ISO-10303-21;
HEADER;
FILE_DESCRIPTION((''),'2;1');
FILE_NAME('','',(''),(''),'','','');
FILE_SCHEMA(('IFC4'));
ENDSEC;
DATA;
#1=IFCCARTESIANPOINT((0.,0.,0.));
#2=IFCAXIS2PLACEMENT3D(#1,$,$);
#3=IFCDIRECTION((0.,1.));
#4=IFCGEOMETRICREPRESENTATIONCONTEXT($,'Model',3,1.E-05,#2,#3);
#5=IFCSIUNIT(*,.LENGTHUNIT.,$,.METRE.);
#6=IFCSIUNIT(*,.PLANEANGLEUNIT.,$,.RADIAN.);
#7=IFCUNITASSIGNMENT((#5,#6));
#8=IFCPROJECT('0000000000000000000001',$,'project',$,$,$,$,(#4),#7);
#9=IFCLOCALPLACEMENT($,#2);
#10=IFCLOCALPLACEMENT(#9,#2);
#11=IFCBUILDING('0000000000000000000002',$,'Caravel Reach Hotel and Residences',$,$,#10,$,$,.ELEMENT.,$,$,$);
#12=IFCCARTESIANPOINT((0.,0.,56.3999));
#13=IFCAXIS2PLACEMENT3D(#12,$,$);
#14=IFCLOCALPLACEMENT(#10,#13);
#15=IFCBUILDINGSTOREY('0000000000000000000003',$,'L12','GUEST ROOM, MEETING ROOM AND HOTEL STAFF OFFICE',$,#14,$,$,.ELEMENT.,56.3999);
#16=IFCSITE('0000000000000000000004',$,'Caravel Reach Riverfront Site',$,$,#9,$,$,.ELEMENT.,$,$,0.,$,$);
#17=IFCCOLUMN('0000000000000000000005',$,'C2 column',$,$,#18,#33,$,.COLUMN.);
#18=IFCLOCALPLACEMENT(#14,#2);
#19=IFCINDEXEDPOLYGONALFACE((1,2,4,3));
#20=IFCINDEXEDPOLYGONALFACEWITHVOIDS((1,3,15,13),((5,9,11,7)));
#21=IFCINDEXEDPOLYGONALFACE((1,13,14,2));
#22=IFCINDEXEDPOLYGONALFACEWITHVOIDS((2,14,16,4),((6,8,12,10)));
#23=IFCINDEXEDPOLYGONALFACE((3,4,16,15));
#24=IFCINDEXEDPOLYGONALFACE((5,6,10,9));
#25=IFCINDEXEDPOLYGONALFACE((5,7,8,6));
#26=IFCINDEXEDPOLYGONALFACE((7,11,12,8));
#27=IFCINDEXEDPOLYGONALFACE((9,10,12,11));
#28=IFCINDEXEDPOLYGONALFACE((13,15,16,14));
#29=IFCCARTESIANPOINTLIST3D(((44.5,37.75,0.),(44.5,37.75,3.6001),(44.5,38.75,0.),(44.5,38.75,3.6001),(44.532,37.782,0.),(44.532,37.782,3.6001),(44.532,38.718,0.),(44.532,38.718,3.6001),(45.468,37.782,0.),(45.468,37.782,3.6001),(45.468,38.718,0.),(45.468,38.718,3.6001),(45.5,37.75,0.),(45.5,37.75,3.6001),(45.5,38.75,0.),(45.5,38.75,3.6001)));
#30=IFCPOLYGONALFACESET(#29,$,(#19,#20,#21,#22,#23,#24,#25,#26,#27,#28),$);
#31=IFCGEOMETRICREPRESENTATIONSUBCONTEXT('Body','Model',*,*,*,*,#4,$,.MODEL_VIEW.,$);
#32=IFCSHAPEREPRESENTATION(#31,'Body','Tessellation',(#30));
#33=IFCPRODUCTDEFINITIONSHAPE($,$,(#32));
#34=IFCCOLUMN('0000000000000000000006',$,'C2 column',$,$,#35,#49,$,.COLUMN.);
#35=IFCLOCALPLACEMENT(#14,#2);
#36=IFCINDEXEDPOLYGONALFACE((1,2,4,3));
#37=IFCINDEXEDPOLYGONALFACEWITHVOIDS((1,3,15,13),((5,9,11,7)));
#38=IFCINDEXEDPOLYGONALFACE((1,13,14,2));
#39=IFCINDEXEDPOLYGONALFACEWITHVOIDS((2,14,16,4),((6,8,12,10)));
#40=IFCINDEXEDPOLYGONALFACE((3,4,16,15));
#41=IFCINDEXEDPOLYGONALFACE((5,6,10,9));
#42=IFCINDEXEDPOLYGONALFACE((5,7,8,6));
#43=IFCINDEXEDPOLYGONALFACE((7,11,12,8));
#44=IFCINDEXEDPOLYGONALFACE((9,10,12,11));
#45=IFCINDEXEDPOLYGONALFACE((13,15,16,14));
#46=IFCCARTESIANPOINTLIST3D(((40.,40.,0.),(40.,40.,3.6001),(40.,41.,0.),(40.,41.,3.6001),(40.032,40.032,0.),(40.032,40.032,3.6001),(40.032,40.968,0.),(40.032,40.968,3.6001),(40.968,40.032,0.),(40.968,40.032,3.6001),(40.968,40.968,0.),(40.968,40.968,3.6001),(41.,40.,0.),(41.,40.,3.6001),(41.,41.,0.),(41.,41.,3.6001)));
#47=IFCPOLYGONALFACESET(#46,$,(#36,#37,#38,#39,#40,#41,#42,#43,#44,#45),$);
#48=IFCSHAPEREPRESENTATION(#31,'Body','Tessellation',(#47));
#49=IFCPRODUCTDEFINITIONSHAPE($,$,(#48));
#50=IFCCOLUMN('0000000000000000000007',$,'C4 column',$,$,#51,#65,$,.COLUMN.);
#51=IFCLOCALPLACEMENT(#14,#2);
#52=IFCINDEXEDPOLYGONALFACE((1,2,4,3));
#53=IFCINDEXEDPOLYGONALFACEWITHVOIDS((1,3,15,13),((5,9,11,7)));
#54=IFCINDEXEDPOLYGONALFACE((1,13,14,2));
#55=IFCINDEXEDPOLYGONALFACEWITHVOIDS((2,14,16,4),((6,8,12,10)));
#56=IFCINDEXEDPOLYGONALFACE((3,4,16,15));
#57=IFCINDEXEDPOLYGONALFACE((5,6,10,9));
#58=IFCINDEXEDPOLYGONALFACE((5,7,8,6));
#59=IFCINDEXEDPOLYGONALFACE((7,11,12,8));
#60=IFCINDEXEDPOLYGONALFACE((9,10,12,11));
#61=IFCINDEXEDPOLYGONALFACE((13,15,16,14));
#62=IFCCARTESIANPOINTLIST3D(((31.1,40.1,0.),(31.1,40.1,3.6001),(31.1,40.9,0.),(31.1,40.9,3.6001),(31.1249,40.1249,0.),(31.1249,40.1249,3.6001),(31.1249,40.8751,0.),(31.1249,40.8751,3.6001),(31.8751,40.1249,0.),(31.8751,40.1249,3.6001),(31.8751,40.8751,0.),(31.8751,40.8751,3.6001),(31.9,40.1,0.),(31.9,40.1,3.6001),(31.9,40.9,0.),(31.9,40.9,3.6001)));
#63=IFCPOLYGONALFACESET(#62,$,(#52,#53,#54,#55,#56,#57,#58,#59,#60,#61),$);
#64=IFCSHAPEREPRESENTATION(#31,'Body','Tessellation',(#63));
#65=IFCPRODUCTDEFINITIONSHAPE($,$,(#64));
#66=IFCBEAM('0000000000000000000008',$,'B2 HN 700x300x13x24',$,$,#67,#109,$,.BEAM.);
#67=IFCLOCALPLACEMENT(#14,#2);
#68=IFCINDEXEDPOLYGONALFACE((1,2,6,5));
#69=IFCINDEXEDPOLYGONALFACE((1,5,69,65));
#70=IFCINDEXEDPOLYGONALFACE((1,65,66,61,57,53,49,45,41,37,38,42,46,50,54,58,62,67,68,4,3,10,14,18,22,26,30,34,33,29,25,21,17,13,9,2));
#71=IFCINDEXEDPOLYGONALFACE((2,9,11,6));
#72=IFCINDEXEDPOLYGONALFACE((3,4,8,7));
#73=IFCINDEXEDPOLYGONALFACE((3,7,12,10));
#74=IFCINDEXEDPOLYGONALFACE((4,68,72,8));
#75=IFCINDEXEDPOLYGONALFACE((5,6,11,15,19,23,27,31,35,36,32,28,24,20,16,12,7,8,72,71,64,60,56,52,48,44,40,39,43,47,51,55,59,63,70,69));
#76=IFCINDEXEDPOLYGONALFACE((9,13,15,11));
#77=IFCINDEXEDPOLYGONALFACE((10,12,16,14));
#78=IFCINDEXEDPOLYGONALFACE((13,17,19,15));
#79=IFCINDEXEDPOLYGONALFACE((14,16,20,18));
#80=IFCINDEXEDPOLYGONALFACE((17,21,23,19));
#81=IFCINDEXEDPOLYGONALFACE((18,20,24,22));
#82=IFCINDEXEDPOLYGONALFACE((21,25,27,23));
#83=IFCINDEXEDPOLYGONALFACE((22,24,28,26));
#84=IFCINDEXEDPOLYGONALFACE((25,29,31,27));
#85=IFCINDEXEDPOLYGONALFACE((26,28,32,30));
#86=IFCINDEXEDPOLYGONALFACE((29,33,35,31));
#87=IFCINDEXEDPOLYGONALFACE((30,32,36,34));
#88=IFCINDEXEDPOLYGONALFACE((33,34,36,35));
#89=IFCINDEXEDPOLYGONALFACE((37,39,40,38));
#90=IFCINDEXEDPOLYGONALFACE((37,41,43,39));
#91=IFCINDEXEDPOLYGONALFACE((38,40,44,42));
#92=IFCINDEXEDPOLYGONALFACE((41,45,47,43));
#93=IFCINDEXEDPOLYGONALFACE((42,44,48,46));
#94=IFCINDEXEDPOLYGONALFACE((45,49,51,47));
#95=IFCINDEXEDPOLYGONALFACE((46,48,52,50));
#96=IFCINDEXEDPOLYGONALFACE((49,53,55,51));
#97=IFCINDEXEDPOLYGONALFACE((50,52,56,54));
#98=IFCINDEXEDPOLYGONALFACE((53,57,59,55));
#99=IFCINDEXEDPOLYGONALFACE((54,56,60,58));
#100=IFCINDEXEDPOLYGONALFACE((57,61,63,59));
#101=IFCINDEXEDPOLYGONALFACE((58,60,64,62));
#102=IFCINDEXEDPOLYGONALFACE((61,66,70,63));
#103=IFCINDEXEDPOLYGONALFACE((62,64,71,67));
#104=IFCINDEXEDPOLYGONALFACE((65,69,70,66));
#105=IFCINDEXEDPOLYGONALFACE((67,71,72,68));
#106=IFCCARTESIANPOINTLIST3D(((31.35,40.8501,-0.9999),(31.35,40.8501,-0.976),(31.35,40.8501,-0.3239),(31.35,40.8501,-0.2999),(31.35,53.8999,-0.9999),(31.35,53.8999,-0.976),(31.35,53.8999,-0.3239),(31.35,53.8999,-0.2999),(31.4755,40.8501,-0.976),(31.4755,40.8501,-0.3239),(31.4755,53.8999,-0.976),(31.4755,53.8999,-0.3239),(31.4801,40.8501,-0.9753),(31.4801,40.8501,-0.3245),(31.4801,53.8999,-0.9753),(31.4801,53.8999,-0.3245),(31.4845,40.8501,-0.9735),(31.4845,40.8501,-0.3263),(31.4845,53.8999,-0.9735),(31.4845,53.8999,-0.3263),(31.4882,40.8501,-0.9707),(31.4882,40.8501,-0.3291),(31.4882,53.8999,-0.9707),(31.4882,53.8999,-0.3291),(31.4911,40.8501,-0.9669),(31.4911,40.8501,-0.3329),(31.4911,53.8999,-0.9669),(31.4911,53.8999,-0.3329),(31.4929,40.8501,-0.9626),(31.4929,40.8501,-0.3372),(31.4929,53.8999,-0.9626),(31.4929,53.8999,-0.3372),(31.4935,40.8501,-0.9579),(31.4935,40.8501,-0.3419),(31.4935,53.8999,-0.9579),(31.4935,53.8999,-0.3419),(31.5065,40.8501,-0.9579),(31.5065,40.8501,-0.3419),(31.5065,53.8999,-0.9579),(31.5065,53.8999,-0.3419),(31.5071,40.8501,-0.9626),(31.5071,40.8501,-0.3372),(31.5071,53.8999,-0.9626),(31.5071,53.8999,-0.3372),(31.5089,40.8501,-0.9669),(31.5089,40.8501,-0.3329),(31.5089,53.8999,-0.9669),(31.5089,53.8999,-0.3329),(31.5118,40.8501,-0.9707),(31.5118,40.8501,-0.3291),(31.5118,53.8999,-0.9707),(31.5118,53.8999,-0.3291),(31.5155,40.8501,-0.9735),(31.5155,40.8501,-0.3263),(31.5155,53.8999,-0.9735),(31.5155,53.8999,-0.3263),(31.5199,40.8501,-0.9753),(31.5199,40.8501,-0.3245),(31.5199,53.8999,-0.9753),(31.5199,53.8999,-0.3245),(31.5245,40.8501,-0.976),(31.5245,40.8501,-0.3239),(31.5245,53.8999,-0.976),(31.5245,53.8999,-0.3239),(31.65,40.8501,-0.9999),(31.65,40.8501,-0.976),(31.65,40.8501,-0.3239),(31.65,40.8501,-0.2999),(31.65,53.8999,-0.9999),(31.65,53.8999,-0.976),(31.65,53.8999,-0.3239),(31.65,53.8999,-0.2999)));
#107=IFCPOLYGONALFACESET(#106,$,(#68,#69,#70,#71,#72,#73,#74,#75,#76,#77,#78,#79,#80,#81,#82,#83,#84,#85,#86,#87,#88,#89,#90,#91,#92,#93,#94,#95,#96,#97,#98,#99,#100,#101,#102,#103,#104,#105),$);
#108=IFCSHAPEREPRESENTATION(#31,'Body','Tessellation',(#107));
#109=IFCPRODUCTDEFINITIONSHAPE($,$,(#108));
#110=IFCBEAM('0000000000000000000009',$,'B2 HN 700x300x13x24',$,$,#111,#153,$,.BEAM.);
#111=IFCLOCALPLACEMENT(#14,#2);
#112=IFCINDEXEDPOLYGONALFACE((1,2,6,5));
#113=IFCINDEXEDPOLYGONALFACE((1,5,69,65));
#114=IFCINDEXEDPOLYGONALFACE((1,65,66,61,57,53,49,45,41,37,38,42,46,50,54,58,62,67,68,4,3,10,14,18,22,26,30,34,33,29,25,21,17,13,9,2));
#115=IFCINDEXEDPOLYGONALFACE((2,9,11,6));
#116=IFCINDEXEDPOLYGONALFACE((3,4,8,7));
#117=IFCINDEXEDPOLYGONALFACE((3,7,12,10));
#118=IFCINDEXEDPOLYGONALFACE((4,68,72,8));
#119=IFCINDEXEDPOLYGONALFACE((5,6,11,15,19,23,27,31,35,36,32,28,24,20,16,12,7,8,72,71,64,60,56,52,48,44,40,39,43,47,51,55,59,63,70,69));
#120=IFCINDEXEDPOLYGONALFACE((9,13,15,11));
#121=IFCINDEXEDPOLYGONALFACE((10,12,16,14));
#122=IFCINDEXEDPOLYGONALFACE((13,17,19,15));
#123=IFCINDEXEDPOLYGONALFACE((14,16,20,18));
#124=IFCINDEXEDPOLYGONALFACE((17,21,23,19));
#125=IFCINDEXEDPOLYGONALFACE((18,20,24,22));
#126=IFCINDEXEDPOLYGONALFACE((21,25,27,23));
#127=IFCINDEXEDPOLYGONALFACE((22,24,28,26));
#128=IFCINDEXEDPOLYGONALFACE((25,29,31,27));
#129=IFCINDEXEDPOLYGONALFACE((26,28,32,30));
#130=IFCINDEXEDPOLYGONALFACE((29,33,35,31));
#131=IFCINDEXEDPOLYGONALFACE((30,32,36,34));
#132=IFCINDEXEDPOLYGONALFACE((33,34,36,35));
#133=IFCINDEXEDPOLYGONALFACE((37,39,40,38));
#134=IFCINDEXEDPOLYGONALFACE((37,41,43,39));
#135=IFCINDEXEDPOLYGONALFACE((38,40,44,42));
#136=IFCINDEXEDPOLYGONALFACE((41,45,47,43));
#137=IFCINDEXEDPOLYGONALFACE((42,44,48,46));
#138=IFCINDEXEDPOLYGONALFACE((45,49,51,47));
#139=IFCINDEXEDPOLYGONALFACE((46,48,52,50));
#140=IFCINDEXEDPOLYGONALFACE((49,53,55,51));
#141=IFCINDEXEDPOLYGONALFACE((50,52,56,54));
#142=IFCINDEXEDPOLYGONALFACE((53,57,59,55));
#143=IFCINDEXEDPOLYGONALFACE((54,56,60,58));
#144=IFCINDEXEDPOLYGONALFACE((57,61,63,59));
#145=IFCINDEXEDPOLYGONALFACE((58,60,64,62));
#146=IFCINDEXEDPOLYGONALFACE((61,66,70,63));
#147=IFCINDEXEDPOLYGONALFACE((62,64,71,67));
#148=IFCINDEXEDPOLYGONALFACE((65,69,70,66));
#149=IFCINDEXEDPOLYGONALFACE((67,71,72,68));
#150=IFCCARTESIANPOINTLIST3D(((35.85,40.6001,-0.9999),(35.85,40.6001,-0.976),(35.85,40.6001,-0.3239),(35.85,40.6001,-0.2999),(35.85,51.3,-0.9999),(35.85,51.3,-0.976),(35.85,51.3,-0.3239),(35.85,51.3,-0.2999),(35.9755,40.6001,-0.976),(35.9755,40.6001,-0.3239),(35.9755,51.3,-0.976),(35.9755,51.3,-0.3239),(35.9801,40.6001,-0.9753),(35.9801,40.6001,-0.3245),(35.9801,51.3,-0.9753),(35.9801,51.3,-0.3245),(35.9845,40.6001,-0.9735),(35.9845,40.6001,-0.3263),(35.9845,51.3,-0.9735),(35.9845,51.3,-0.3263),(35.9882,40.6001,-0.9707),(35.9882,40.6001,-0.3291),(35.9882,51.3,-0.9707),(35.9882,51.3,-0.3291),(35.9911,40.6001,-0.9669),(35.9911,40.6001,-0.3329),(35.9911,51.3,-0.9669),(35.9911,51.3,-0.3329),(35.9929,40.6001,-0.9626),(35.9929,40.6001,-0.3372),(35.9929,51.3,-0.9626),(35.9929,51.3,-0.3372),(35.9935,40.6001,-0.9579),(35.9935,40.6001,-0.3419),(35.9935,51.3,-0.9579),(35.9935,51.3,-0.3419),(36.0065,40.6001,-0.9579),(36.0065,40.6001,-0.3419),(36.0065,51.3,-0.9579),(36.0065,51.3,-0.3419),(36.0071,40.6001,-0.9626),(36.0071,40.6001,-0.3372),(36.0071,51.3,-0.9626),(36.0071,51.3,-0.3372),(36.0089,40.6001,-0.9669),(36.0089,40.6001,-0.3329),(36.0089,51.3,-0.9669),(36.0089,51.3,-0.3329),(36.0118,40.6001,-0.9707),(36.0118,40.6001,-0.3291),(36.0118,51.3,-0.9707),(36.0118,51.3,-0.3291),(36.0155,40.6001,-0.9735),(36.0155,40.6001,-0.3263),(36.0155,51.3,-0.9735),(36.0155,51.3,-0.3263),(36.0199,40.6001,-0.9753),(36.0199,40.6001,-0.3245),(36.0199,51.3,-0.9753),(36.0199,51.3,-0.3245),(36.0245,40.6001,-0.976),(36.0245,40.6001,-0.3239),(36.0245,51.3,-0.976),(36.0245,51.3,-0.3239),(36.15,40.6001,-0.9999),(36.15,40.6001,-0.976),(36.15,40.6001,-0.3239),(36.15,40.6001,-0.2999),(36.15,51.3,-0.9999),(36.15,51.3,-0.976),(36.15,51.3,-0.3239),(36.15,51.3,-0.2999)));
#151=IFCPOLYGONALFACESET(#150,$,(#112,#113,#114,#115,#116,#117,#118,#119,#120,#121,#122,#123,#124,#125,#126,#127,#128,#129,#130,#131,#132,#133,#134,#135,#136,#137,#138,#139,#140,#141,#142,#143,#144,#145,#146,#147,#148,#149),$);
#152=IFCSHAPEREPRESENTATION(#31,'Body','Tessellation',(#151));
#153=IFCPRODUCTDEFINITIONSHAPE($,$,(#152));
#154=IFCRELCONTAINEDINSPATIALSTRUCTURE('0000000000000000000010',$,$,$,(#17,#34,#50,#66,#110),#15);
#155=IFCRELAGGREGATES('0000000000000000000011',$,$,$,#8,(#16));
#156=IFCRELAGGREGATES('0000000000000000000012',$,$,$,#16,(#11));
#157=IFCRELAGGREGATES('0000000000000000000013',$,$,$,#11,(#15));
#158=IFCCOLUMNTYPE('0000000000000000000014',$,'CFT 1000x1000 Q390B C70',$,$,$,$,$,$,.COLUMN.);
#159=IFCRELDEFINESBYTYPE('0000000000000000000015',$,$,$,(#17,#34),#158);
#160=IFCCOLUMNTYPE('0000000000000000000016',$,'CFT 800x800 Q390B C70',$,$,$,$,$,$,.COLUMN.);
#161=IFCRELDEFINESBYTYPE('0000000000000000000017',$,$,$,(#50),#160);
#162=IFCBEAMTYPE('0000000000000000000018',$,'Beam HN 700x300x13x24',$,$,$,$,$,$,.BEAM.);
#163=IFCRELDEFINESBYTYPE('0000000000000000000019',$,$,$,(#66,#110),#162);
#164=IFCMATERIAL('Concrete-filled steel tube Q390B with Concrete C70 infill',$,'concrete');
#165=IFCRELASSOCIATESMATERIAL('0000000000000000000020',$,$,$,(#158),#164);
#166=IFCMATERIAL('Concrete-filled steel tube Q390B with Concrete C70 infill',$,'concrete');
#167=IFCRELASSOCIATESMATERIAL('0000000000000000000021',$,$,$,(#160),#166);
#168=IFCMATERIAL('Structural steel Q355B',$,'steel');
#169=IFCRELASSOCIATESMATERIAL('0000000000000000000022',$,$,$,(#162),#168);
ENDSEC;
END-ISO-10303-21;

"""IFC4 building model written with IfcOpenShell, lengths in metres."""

from ifc_helpers import new_model, si_unit, direction, frame, origin, origin_2d, place, context, subcontext, project, spatial, hollow_rectangle, i_section, extrude, material, material_profile, profile_set, type_object, element, save


model = new_model("IFC4")

# Units and contexts
model_context = context("Model", 3, precision=1e-05, world=origin(), true_north=direction((0.0, 1.0)))
body_context = subcontext(model_context, "Body", "Model", "MODEL_VIEW")
ifc_project = project(units=[si_unit("LENGTHUNIT", "METRE"), si_unit("PLANEANGLEUNIT", "RADIAN")], contexts=[model_context])

# Site, building, storey
site_placement = place(None, origin())
site = spatial("IfcSite", under=ifc_project, at=site_placement, Name="Caravel Reach Riverfront Site", CompositionType="ELEMENT", RefElevation=0.0)
building_placement = place(site_placement, origin())
building = spatial("IfcBuilding", under=site, at=building_placement, Name="Caravel Reach Hotel and Residences", CompositionType="ELEMENT")
storey_placement = place(building_placement, frame((0.0, 0.0, 56.3999)))
storey = spatial("IfcBuildingStorey", under=building, at=storey_placement, Name="L12", Description="GUEST ROOM, MEETING ROOM AND HOTEL STAFF OFFICE", CompositionType="ELEMENT", Elevation=56.3999)

# Columns
ifc_material_1 = material(Name="Concrete-filled steel tube Q390B with Concrete C70 infill", Category="concrete")
ifc_material_profile_1 = material_profile(ifc_material_1, hollow_rectangle(XDim=1.0, YDim=1.0, WallThickness=0.032, at=origin_2d()), Name="RHS 1000x1000x32")
ifc_profile_set_1 = profile_set([ifc_material_profile_1], Name="Concrete-filled steel tube Q390B with Concrete C70 infill")
column_type_1 = type_object("IfcColumnType", Name="CFT 1000x1000 Q390B C70", PredefinedType="COLUMN", material=ifc_profile_set_1)
for number, where, z_axis, x_axis, name in (
    (1, (45.0, 38.25, 0.0), (0.0, 0.0, 1.0), (1.0, 0.0, 0.0), "C2 column"),
    (2, (40.5, 40.5, 0.0), (0.0, 0.0, 1.0), (1.0, 0.0, 0.0), "C2 column"),
):
    element("IfcColumn", number, at=place(storey_placement, frame(where, z_axis=z_axis, x_axis=x_axis)), inside=storey, type_object=column_type_1, Name=name, PredefinedType="COLUMN", context=body_context, shape_type="SweptSolid", body=[
        extrude(hollow_rectangle(XDim=1.0, YDim=1.0, WallThickness=0.032, at=origin_2d()), origin(), (0.0, 0.0, 1.0), 3.6001),
    ])
ifc_material_2 = material(Name="Concrete-filled steel tube Q390B with Concrete C70 infill", Category="concrete")
ifc_material_profile_2 = material_profile(ifc_material_2, hollow_rectangle(XDim=0.8, YDim=0.8, WallThickness=0.0249, at=origin_2d()), Name="RHS 800x800x25")
ifc_profile_set_2 = profile_set([ifc_material_profile_2], Name="Concrete-filled steel tube Q390B with Concrete C70 infill")
column_type_2 = type_object("IfcColumnType", Name="CFT 800x800 Q390B C70", PredefinedType="COLUMN", material=ifc_profile_set_2)
column_placement = place(storey_placement, frame((31.5, 40.5, 0.0), z_axis=(0.0, 0.0, 1.0), x_axis=(1.0, 0.0, 0.0)))
element("IfcColumn", 3, at=column_placement, inside=storey, type_object=column_type_2, Name="C4 column", PredefinedType="COLUMN", context=body_context, shape_type="SweptSolid", body=[
    extrude(hollow_rectangle(XDim=0.8, YDim=0.8, WallThickness=0.0249, at=origin_2d()), origin(), (0.0, 0.0, 1.0), 3.6001),
])

# Beams
ifc_material_3 = material(Name="Structural steel Q355B", Category="steel")
ifc_material_profile_3 = material_profile(ifc_material_3, i_section(OverallWidth=0.3, OverallDepth=0.7, WebThickness=0.0129, FlangeThickness=0.0239, FilletRadius=0.0181, at=origin_2d()), Name="HN 700x300x13x24")
ifc_profile_set_3 = profile_set([ifc_material_profile_3], Name="Structural steel Q355B")
beam_type_1 = type_object("IfcBeamType", Name="Beam HN 700x300x13x24", PredefinedType="BEAM", material=ifc_profile_set_3)
beam_1_placement = place(storey_placement, frame((31.5, 40.8501, -0.6499), z_axis=(0.0, 1.0, 0.0), x_axis=(-1.0, 0.0, 0.0)))
element("IfcBeam", 4, at=beam_1_placement, inside=storey, type_object=beam_type_1, Name="B2 HN 700x300x13x24", PredefinedType="BEAM", context=body_context, shape_type="SweptSolid", body=[
    extrude(i_section(OverallWidth=0.3, OverallDepth=0.7, WebThickness=0.0129, FlangeThickness=0.0239, FilletRadius=0.0181, at=origin_2d()), origin(), (0.0, 0.0, 1.0), 13.0498),
])
beam_2_placement = place(storey_placement, frame((36.0, 40.6001, -0.6499), z_axis=(0.0, 1.0, 0.0), x_axis=(-1.0, 0.0, 0.0)))
element("IfcBeam", 5, at=beam_2_placement, inside=storey, type_object=beam_type_1, Name="B2 HN 700x300x13x24", PredefinedType="BEAM", context=body_context, shape_type="SweptSolid", body=[
    extrude(i_section(OverallWidth=0.3, OverallDepth=0.7, WebThickness=0.0129, FlangeThickness=0.0239, FilletRadius=0.0181, at=origin_2d()), origin(), (0.0, 0.0, 1.0), 10.7),
])

save(model, "model.ifc")
